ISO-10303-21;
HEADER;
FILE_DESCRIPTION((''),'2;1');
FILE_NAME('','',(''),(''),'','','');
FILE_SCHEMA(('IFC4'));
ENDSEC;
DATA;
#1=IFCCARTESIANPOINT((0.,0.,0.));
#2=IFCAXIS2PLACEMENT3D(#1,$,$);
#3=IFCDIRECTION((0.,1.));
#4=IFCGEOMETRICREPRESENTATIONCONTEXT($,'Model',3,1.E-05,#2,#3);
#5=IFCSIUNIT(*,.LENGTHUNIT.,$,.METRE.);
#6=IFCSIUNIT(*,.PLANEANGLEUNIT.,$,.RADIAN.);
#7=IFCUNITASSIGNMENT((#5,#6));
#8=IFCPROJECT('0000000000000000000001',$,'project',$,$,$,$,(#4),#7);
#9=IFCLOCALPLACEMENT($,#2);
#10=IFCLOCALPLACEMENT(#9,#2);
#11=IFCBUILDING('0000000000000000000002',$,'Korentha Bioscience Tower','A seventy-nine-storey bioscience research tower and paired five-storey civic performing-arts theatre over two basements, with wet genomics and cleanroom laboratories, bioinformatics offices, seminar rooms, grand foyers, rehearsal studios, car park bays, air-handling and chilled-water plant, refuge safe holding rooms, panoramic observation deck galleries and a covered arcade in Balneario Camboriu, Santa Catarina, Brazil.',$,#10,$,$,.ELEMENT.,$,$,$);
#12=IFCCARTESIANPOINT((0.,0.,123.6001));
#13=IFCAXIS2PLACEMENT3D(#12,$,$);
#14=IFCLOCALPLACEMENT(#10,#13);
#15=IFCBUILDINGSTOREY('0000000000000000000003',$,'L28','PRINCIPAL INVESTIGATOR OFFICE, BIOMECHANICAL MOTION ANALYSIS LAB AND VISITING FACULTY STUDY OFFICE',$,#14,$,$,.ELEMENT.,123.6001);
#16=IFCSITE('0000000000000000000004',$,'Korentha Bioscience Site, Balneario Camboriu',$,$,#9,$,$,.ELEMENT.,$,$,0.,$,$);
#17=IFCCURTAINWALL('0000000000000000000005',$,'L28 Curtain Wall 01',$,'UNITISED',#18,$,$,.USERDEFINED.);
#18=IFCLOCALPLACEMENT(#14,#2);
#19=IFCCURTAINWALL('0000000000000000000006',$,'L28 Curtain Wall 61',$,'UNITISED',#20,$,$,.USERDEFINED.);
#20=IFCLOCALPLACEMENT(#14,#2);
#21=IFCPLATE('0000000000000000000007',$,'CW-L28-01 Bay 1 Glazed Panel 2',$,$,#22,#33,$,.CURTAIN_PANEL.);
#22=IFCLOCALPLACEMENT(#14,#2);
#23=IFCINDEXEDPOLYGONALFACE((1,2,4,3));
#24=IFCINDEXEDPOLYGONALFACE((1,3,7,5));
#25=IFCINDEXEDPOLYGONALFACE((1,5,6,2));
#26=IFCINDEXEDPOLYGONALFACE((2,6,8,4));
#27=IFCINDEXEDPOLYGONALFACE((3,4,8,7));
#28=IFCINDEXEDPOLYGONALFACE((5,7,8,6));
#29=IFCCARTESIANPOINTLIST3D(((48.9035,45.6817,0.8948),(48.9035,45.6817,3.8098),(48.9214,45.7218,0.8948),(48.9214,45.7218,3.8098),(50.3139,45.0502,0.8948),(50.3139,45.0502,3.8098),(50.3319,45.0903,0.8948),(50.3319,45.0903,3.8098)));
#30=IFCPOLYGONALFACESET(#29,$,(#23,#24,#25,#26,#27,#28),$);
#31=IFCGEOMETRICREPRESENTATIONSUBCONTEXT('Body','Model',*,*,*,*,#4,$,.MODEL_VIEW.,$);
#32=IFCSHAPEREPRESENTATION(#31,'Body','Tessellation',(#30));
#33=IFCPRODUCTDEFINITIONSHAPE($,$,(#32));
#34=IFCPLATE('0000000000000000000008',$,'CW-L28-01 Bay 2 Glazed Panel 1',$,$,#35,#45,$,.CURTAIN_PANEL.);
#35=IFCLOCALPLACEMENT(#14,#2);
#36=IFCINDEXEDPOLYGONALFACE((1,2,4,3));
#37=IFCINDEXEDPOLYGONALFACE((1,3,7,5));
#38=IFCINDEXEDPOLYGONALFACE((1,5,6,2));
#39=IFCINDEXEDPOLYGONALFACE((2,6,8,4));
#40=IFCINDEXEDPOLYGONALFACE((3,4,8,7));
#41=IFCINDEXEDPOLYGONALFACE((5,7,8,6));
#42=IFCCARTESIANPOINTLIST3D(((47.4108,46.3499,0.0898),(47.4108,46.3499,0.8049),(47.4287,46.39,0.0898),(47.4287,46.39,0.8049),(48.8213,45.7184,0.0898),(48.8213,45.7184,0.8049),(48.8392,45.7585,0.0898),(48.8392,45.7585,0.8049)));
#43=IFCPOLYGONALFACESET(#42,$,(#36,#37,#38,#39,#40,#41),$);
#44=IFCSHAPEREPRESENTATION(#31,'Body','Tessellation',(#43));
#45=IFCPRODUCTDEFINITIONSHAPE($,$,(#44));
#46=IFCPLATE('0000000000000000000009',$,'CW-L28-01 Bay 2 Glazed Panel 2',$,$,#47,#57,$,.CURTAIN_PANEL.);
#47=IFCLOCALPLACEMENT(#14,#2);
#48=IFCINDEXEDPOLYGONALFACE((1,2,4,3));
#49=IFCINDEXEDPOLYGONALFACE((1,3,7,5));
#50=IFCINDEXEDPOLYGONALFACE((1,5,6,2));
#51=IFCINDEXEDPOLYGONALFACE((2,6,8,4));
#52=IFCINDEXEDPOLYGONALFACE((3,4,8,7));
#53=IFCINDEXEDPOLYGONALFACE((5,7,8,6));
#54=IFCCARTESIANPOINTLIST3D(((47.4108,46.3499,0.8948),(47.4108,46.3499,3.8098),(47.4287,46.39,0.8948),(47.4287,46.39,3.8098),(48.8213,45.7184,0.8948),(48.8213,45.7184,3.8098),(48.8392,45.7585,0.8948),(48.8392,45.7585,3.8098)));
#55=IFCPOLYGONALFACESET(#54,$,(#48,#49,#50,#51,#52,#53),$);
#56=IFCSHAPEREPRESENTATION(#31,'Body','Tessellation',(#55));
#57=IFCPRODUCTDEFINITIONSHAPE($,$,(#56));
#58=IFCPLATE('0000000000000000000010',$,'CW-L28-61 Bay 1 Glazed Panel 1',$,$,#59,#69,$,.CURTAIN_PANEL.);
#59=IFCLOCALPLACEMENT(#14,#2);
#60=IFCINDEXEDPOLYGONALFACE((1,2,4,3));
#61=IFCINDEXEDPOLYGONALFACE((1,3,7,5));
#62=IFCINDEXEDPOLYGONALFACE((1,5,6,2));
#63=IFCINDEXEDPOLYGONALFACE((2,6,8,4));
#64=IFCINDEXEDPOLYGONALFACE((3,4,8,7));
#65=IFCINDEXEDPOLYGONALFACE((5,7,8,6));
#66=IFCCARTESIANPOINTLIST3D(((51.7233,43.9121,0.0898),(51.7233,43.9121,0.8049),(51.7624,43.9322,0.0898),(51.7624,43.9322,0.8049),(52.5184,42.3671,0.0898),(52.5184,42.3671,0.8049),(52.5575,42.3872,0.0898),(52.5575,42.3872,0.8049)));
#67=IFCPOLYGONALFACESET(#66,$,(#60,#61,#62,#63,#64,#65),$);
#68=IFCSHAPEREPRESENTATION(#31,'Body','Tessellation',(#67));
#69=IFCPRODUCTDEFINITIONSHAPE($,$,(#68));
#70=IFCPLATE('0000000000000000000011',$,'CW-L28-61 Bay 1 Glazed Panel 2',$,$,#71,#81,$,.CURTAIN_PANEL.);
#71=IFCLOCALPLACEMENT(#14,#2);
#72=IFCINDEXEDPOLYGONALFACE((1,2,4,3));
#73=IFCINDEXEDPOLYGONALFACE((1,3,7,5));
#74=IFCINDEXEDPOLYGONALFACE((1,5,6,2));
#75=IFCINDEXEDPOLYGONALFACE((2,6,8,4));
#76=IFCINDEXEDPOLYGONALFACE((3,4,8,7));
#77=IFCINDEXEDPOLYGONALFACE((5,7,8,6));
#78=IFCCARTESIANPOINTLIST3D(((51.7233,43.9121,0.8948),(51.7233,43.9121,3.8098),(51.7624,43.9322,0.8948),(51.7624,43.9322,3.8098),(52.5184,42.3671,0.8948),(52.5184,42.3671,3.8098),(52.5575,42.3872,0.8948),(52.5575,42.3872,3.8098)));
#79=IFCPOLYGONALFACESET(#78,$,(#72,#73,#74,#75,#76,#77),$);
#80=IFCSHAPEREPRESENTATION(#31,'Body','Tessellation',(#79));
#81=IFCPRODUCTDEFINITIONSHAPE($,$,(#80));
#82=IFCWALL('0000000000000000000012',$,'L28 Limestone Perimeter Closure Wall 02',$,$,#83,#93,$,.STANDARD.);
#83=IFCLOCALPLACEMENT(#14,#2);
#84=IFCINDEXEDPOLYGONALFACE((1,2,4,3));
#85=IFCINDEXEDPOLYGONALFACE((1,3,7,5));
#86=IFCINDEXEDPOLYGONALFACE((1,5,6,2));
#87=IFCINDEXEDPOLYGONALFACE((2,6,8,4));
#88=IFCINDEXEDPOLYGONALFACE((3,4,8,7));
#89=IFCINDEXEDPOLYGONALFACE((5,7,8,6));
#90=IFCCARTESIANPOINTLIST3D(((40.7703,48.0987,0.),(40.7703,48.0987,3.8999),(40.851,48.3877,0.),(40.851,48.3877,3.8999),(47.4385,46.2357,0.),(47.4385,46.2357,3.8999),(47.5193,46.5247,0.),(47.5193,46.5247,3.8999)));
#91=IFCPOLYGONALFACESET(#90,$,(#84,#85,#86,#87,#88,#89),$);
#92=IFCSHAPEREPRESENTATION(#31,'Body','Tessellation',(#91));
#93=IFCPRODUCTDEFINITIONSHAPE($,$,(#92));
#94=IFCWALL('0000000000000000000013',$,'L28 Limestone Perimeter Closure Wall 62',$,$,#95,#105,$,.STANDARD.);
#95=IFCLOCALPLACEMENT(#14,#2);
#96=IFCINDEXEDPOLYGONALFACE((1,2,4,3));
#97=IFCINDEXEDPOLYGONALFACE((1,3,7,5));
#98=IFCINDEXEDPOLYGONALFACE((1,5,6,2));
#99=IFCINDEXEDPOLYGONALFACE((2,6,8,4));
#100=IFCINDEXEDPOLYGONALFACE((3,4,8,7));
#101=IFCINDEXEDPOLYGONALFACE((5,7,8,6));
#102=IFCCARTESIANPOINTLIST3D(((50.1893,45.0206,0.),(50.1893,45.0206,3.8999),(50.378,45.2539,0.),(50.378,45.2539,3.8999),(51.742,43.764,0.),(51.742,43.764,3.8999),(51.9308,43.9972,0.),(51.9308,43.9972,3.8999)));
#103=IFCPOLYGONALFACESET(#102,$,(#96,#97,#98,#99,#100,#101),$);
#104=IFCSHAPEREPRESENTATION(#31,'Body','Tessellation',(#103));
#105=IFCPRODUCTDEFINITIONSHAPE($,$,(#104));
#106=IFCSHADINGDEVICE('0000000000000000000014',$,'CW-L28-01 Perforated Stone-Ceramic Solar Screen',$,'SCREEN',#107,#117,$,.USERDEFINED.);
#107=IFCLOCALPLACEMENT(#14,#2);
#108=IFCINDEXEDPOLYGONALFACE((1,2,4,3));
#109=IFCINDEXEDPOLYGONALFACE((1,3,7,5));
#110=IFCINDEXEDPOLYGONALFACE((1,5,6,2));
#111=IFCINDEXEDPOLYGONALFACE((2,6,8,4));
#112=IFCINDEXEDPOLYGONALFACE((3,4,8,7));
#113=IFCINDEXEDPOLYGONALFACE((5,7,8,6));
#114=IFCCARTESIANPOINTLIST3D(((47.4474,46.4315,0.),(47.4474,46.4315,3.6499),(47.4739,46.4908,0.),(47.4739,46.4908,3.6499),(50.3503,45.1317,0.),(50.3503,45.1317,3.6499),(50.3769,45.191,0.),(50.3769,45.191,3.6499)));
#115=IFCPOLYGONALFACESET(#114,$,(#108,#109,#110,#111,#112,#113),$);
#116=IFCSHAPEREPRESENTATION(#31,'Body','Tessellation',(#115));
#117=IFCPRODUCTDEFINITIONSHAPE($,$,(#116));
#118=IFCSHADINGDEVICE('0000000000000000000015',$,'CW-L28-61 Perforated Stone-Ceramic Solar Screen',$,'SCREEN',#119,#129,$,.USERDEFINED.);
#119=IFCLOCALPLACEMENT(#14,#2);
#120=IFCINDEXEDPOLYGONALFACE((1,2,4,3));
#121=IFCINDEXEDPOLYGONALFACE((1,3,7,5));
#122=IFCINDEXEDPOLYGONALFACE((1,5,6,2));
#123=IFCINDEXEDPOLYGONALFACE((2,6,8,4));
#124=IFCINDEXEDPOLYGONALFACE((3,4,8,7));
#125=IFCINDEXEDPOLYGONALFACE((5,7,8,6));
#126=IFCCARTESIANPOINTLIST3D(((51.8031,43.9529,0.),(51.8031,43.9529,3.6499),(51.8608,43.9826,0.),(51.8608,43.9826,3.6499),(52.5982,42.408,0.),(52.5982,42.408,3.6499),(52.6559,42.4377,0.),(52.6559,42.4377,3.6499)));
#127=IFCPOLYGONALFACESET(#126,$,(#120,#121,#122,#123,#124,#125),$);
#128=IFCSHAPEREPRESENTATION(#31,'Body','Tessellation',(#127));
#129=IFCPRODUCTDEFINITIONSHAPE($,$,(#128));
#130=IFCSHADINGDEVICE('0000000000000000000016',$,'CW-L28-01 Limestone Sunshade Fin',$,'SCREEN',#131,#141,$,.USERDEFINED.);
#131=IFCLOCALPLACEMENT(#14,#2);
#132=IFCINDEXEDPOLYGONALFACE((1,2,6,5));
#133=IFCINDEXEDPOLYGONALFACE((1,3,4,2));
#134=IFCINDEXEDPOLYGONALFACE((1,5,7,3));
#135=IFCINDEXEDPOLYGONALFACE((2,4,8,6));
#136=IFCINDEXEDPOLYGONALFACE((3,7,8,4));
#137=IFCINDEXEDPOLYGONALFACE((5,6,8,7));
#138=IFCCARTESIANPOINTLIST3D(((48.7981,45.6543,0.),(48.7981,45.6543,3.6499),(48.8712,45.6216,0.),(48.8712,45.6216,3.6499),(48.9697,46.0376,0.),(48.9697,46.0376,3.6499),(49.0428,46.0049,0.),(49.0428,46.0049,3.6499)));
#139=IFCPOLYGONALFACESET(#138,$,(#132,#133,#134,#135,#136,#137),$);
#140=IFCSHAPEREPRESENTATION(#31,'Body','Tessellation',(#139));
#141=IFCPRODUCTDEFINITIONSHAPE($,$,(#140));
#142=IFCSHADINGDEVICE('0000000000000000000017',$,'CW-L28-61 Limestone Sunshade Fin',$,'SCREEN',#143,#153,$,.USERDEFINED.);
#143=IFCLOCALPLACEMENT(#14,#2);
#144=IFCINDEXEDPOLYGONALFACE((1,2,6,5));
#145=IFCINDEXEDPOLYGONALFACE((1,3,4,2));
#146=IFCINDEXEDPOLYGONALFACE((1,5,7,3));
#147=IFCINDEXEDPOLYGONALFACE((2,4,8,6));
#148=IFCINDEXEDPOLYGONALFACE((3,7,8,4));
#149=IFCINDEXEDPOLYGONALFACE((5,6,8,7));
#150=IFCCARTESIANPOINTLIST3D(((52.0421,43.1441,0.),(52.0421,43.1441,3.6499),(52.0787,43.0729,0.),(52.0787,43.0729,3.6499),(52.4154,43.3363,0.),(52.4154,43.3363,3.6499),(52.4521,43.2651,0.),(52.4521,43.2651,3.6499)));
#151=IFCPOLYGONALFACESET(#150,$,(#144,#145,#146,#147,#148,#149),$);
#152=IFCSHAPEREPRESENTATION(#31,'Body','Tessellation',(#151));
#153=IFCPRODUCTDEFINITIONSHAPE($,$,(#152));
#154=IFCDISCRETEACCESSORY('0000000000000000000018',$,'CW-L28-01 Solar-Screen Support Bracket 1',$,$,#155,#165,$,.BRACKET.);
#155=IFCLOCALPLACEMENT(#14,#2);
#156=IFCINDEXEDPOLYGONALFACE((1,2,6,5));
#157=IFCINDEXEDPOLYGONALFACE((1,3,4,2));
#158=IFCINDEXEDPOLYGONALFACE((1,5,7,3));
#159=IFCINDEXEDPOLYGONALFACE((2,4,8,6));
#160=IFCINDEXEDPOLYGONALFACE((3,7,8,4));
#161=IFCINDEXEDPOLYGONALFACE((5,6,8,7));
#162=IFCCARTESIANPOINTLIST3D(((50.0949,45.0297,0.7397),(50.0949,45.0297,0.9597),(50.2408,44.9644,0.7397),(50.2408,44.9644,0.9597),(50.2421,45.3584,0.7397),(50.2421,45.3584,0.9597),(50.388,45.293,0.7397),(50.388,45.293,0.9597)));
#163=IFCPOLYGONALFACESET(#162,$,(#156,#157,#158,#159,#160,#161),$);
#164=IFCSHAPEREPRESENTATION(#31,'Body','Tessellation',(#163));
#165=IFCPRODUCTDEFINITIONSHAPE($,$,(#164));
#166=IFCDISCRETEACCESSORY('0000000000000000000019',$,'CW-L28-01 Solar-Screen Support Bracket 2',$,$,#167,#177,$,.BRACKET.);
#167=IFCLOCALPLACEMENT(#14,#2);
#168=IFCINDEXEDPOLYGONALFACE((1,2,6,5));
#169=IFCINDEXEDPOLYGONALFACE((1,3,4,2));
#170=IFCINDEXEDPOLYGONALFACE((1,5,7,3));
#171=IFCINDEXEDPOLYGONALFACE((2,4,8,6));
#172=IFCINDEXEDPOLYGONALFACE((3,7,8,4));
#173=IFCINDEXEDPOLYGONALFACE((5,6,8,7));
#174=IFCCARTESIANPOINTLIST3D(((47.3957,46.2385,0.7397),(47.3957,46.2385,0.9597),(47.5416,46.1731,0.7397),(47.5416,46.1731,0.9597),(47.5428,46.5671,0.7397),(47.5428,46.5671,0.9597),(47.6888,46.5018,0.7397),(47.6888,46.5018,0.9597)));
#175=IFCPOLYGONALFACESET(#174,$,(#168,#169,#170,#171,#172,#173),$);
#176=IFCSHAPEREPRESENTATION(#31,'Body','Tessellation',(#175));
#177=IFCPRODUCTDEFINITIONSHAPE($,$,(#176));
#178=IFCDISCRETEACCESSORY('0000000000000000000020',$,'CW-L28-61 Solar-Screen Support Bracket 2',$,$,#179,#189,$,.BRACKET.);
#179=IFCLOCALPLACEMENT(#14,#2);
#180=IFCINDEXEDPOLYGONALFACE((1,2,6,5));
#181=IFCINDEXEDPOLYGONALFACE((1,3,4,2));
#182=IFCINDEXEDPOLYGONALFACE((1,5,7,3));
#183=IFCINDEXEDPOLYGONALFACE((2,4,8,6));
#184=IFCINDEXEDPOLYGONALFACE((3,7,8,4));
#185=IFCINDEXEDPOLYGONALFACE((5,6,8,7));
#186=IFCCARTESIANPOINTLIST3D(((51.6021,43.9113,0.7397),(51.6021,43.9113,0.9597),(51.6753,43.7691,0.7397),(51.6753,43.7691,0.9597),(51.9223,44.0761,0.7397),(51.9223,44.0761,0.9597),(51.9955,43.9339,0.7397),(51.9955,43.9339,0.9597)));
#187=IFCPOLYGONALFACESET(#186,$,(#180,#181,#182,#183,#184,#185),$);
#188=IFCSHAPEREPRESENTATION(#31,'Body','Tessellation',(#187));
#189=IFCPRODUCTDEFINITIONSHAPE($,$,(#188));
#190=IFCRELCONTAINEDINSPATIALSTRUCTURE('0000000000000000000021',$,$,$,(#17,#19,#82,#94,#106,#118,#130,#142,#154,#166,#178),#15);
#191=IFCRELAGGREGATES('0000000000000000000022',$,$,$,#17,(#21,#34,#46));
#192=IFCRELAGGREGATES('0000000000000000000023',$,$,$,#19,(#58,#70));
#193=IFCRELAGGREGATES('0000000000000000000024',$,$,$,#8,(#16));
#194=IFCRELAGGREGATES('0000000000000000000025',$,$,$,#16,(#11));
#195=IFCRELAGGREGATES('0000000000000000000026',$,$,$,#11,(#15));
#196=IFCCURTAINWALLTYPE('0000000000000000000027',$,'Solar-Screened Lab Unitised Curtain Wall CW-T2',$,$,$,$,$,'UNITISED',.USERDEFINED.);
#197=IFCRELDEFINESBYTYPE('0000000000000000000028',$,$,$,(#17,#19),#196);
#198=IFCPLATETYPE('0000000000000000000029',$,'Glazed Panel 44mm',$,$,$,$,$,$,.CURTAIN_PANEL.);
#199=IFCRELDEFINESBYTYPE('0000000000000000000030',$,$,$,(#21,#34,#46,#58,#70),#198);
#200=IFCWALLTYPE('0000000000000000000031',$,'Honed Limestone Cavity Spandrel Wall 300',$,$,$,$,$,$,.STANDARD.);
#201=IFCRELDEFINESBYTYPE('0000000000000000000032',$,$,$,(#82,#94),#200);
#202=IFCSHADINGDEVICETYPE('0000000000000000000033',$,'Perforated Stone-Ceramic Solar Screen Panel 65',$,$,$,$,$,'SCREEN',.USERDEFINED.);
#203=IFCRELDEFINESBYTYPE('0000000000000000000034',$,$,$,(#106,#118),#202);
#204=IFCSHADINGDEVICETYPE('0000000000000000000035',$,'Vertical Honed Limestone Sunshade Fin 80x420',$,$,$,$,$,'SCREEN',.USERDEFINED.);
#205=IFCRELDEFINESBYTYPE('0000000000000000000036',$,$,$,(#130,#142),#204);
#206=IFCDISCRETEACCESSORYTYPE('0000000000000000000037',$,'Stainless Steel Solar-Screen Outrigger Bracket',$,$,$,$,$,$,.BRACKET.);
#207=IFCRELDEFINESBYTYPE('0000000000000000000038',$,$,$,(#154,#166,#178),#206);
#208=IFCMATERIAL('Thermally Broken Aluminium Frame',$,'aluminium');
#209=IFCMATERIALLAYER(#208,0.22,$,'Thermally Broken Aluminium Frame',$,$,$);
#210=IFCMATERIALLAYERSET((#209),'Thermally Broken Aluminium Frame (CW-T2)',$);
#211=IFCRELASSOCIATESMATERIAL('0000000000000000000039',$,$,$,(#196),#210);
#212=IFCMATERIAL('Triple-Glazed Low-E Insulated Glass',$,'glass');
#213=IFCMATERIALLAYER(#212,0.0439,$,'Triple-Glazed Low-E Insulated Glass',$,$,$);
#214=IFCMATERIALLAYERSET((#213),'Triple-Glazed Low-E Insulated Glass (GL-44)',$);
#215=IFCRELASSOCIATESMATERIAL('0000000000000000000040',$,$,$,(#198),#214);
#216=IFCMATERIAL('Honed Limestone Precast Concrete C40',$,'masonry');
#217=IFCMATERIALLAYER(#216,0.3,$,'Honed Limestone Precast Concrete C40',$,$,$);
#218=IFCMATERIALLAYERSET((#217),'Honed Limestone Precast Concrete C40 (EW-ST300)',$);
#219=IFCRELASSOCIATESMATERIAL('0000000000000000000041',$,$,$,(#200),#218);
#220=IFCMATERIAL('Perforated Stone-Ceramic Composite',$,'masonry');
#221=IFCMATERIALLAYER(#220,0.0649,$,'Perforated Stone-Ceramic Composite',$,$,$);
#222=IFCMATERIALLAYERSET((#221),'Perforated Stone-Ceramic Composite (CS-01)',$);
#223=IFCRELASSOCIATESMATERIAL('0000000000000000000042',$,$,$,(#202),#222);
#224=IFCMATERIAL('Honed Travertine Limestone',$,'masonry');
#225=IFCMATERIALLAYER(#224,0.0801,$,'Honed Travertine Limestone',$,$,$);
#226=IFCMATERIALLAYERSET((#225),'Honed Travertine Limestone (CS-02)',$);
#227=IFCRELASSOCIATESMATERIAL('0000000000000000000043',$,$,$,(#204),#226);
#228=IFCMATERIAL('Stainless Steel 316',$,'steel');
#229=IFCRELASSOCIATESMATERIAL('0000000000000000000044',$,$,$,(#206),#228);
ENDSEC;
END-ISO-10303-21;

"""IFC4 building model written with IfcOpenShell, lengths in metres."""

from ifc_helpers import new_model, si_unit, direction, frame, frame_2d, origin, origin_2d, place, context, subcontext, project, spatial, rectangle, extrude, material, layer, layer_set, type_object, element, aggregate, save


model = new_model("IFC4")

# Units and contexts
model_context = context("Model", 3, precision=1e-05, world=origin(), true_north=direction((0.0, 1.0)))
body_context = subcontext(model_context, "Body", "Model", "MODEL_VIEW")
ifc_project = project(units=[si_unit("LENGTHUNIT", "METRE"), si_unit("PLANEANGLEUNIT", "RADIAN")], contexts=[model_context])

# Site, building, storey
site_placement = place(None, origin())
site = spatial("IfcSite", under=ifc_project, at=site_placement, Name="Korentha Bioscience Site, Balneario Camboriu", CompositionType="ELEMENT", RefElevation=0.0)
building_placement = place(site_placement, origin())
building = spatial("IfcBuilding", under=site, at=building_placement, Name="Korentha Bioscience Tower", Description="A seventy-nine-storey bioscience research tower and paired five-storey civic performing-arts theatre over two basements, with wet genomics and cleanroom laboratories, bioinformatics offices, seminar rooms, grand foyers, rehearsal studios, car park bays, air-handling and chilled-water plant, refuge safe holding rooms, panoramic observation deck galleries and a covered arcade in Balneario Camboriu, Santa Catarina, Brazil.", CompositionType="ELEMENT")
storey_placement = place(building_placement, frame((0.0, 0.0, 123.6001)))
storey = spatial("IfcBuildingStorey", under=building, at=storey_placement, Name="L28", Description="PRINCIPAL INVESTIGATOR OFFICE, BIOMECHANICAL MOTION ANALYSIS LAB AND VISITING FACULTY STUDY OFFICE", CompositionType="ELEMENT", Elevation=123.6001)

# Curtain wall
ifc_material_1 = material(Name="Thermally Broken Aluminium Frame", Category="aluminium")
ifc_layer_1 = layer(ifc_material_1, 0.22, Name="Thermally Broken Aluminium Frame")
ifc_layer_set_1 = layer_set([ifc_layer_1], Name="Thermally Broken Aluminium Frame (CW-T2)")
curtain_wall_type = type_object("IfcCurtainWallType", Name="Solar-Screened Lab Unitised Curtain Wall CW-T2", ElementType="UNITISED", PredefinedType="USERDEFINED", material=ifc_layer_set_1)
curtain_wall_1_placement = place(storey_placement, origin())
curtain_wall_1 = element("IfcCurtainWall", 1, at=curtain_wall_1_placement, inside=storey, type_object=curtain_wall_type, Name="L28 Curtain Wall 01", ObjectType="UNITISED", PredefinedType="USERDEFINED")

# Curtain wall
curtain_wall_2_placement = place(storey_placement, origin())
curtain_wall_2 = element("IfcCurtainWall", 2, at=curtain_wall_2_placement, inside=storey, type_object=curtain_wall_type, Name="L28 Curtain Wall 61", ObjectType="UNITISED", PredefinedType="USERDEFINED")

# Plates
ifc_material_2 = material(Name="Triple-Glazed Low-E Insulated Glass", Category="glass")
ifc_layer_2 = layer(ifc_material_2, 0.0439, Name="Triple-Glazed Low-E Insulated Glass")
ifc_layer_set_2 = layer_set([ifc_layer_2], Name="Triple-Glazed Low-E Insulated Glass (GL-44)")
plate_type = type_object("IfcPlateType", Name="Glazed Panel 44mm", PredefinedType="CURTAIN_PANEL", material=ifc_layer_set_2)
plate_1_placement = place(storey_placement, frame((49.6177, 45.386, 0.8948), z_axis=(0.0, 0.0, 1.0), x_axis=(-0.912687, 0.40866, 0.0)))
plate_1 = element("IfcPlate", 3, at=plate_1_placement, type_object=plate_type, Name="CW-L28-01 Bay 1 Glazed Panel 2", PredefinedType="CURTAIN_PANEL", context=body_context, shape_type="SweptSolid", body=[
    extrude(rectangle(XDim=1.5454, YDim=0.0439, at=origin_2d()), origin(), (0.0, 0.0, 1.0), 2.915),
])
plate_2_placement = place(storey_placement, frame((48.125, 46.0542, 0.0898), z_axis=(0.0, 0.0, 1.0), x_axis=(-0.912687, 0.40866, 0.0)))
plate_2 = element("IfcPlate", 4, at=plate_2_placement, type_object=plate_type, Name="CW-L28-01 Bay 2 Glazed Panel 1", PredefinedType="CURTAIN_PANEL", context=body_context, shape_type="SweptSolid", body=[
    extrude(rectangle(XDim=1.5454, YDim=0.0439, at=origin_2d()), origin(), (0.0, 0.0, 1.0), 0.7151),
])
plate_3_placement = place(storey_placement, frame((48.125, 46.0542, 0.8948), z_axis=(0.0, 0.0, 1.0), x_axis=(-0.912687, 0.40866, 0.0)))
plate_3 = element("IfcPlate", 5, at=plate_3_placement, type_object=plate_type, Name="CW-L28-01 Bay 2 Glazed Panel 2", PredefinedType="CURTAIN_PANEL", context=body_context, shape_type="SweptSolid", body=[
    extrude(rectangle(XDim=1.5454, YDim=0.0439, at=origin_2d()), origin(), (0.0, 0.0, 1.0), 2.915),
])
aggregate(curtain_wall_1, [plate_1, plate_2, plate_3])
plate_4_placement = place(storey_placement, frame((52.1404, 43.1497, 0.0898), z_axis=(0.0, 0.0, 1.0), x_axis=(-0.457613, 0.889151, 0.0)))
plate_4 = element("IfcPlate", 6, at=plate_4_placement, type_object=plate_type, Name="CW-L28-61 Bay 1 Glazed Panel 1", PredefinedType="CURTAIN_PANEL", context=body_context, shape_type="SweptSolid", body=[
    extrude(rectangle(XDim=1.7375, YDim=0.0439, at=origin_2d()), origin(), (0.0, 0.0, 1.0), 0.7151),
])
plate_5_placement = place(storey_placement, frame((52.1404, 43.1497, 0.8948), z_axis=(0.0, 0.0, 1.0), x_axis=(-0.457613, 0.889151, 0.0)))
plate_5 = element("IfcPlate", 7, at=plate_5_placement, type_object=plate_type, Name="CW-L28-61 Bay 1 Glazed Panel 2", PredefinedType="CURTAIN_PANEL", context=body_context, shape_type="SweptSolid", body=[
    extrude(rectangle(XDim=1.7375, YDim=0.0439, at=origin_2d()), origin(), (0.0, 0.0, 1.0), 2.915),
])
aggregate(curtain_wall_2, [plate_4, plate_5])

# Walls
ifc_material_3 = material(Name="Honed Limestone Precast Concrete C40", Category="masonry")
ifc_layer_3 = layer(ifc_material_3, 0.3, Name="Honed Limestone Precast Concrete C40")
ifc_layer_set_3 = layer_set([ifc_layer_3], Name="Honed Limestone Precast Concrete C40 (EW-ST300)")
wall_type_1 = type_object("IfcWallType", Name="Honed Limestone Cavity Spandrel Wall 300", PredefinedType="STANDARD", material=ifc_layer_set_3)
wall_1_placement = place(storey_placement, frame((47.479, 46.3801, 0.0), z_axis=(0.0, 0.0, 1.0), x_axis=(-0.963116, 0.269086, 0.0)))
element("IfcWall", 8, at=wall_1_placement, inside=storey, type_object=wall_type_1, Name="L28 Limestone Perimeter Closure Wall 02", PredefinedType="STANDARD", context=body_context, shape_type="SweptSolid", body=[
    extrude(rectangle(XDim=6.9236, YDim=0.3, at=frame_2d((3.4619, 0.0))), origin(), (0.0, 0.0, 1.0), 3.8999),
])
wall_2_placement = place(storey_placement, frame((51.8364, 43.8806, 0.0), z_axis=(0.0, 0.0, 1.0), x_axis=(-0.777339, 0.629082, 0.0)))
element("IfcWall", 9, at=wall_2_placement, inside=storey, type_object=wall_type_1, Name="L28 Limestone Perimeter Closure Wall 62", PredefinedType="STANDARD", context=body_context, shape_type="SweptSolid", body=[
    extrude(rectangle(XDim=1.9976, YDim=0.3, at=frame_2d((0.9988, 0.0))), origin(), (0.0, 0.0, 1.0), 3.8999),
])

# Shading devices
ifc_material_4 = material(Name="Perforated Stone-Ceramic Composite", Category="masonry")
ifc_layer_4 = layer(ifc_material_4, 0.0649, Name="Perforated Stone-Ceramic Composite")
ifc_layer_set_4 = layer_set([ifc_layer_4], Name="Perforated Stone-Ceramic Composite (CS-01)")
shading_device_type_1 = type_object("IfcShadingDeviceType", Name="Perforated Stone-Ceramic Solar Screen Panel 65", ElementType="SCREEN", PredefinedType="USERDEFINED", material=ifc_layer_set_4)
shading_device_1_placement = place(storey_placement, frame((48.9121, 45.8113, 0.0), z_axis=(0.0, 0.0, 1.0), x_axis=(-0.912687, 0.40866, 0.0)))
element("IfcShadingDevice", 10, at=shading_device_1_placement, inside=storey, type_object=shading_device_type_1, Name="CW-L28-01 Perforated Stone-Ceramic Solar Screen", ObjectType="SCREEN", PredefinedType="USERDEFINED", context=body_context, shape_type="SweptSolid", body=[
    extrude(rectangle(XDim=3.1807, YDim=0.0649, at=origin_2d()), origin(), (0.0, 0.0, 1.0), 3.6499),
])
shading_device_2_placement = place(storey_placement, frame((52.2295, 43.1953, 0.0), z_axis=(0.0, 0.0, 1.0), x_axis=(-0.457613, 0.889151, 0.0)))
element("IfcShadingDevice", 11, at=shading_device_2_placement, inside=storey, type_object=shading_device_type_1, Name="CW-L28-61 Perforated Stone-Ceramic Solar Screen", ObjectType="SCREEN", PredefinedType="USERDEFINED", context=body_context, shape_type="SweptSolid", body=[
    extrude(rectangle(XDim=1.7375, YDim=0.0649, at=origin_2d()), origin(), (0.0, 0.0, 1.0), 3.6499),
])
ifc_material_5 = material(Name="Honed Travertine Limestone", Category="masonry")
ifc_layer_5 = layer(ifc_material_5, 0.0801, Name="Honed Travertine Limestone")
ifc_layer_set_5 = layer_set([ifc_layer_5], Name="Honed Travertine Limestone (CS-02)")
shading_device_type_2 = type_object("IfcShadingDeviceType", Name="Vertical Honed Limestone Sunshade Fin 80x420", ElementType="SCREEN", PredefinedType="USERDEFINED", material=ifc_layer_set_5)
for number, where, z_axis, x_axis, name in (
    (12, (48.9204, 45.8296, 0.0), (0.0, 0.0, 1.0), (-0.912687, 0.40866, 0.0), "CW-L28-01 Limestone Sunshade Fin"),
    (13, (52.2471, 43.2046, 0.0), (0.0, 0.0, 1.0), (-0.457613, 0.889151, 0.0), "CW-L28-61 Limestone Sunshade Fin"),
):
    element("IfcShadingDevice", number, at=place(storey_placement, frame(where, z_axis=z_axis, x_axis=x_axis)), inside=storey, type_object=shading_device_type_2, Name=name, ObjectType="SCREEN", PredefinedType="USERDEFINED", context=body_context, shape_type="SweptSolid", body=[
        extrude(rectangle(XDim=0.0801, YDim=0.4199, at=origin_2d()), origin(), (0.0, 0.0, 1.0), 3.6499),
    ])

# Discrete accessories
ifc_material_6 = material(Name="Stainless Steel 316", Category="steel")
discrete_accessory_type = type_object("IfcDiscreteAccessoryType", Name="Stainless Steel Solar-Screen Outrigger Bracket", PredefinedType="BRACKET", material=ifc_material_6)
for number, where, z_axis, x_axis, name in (
    (14, (50.2415, 45.1614, 0.7397), (0.0, 0.0, 1.0), (-0.912687, 0.40866, 0.0), "CW-L28-01 Solar-Screen Support Bracket 1"),
    (15, (47.5422, 46.3701, 0.7397), (0.0, 0.0, 1.0), (-0.912687, 0.40866, 0.0), "CW-L28-01 Solar-Screen Support Bracket 2"),
    (16, (51.7988, 43.9226, 0.7397), (0.0, 0.0, 1.0), (-0.457613, 0.889151, 0.0), "CW-L28-61 Solar-Screen Support Bracket 2"),
):
    element("IfcDiscreteAccessory", number, at=place(storey_placement, frame(where, z_axis=z_axis, x_axis=x_axis)), inside=storey, type_object=discrete_accessory_type, Name=name, PredefinedType="BRACKET", context=body_context, shape_type="SweptSolid", body=[
        extrude(rectangle(XDim=0.1599, YDim=0.3601, at=origin_2d()), origin(), (0.0, 0.0, 1.0), 0.22),
    ])

save(model, "model.ifc")
